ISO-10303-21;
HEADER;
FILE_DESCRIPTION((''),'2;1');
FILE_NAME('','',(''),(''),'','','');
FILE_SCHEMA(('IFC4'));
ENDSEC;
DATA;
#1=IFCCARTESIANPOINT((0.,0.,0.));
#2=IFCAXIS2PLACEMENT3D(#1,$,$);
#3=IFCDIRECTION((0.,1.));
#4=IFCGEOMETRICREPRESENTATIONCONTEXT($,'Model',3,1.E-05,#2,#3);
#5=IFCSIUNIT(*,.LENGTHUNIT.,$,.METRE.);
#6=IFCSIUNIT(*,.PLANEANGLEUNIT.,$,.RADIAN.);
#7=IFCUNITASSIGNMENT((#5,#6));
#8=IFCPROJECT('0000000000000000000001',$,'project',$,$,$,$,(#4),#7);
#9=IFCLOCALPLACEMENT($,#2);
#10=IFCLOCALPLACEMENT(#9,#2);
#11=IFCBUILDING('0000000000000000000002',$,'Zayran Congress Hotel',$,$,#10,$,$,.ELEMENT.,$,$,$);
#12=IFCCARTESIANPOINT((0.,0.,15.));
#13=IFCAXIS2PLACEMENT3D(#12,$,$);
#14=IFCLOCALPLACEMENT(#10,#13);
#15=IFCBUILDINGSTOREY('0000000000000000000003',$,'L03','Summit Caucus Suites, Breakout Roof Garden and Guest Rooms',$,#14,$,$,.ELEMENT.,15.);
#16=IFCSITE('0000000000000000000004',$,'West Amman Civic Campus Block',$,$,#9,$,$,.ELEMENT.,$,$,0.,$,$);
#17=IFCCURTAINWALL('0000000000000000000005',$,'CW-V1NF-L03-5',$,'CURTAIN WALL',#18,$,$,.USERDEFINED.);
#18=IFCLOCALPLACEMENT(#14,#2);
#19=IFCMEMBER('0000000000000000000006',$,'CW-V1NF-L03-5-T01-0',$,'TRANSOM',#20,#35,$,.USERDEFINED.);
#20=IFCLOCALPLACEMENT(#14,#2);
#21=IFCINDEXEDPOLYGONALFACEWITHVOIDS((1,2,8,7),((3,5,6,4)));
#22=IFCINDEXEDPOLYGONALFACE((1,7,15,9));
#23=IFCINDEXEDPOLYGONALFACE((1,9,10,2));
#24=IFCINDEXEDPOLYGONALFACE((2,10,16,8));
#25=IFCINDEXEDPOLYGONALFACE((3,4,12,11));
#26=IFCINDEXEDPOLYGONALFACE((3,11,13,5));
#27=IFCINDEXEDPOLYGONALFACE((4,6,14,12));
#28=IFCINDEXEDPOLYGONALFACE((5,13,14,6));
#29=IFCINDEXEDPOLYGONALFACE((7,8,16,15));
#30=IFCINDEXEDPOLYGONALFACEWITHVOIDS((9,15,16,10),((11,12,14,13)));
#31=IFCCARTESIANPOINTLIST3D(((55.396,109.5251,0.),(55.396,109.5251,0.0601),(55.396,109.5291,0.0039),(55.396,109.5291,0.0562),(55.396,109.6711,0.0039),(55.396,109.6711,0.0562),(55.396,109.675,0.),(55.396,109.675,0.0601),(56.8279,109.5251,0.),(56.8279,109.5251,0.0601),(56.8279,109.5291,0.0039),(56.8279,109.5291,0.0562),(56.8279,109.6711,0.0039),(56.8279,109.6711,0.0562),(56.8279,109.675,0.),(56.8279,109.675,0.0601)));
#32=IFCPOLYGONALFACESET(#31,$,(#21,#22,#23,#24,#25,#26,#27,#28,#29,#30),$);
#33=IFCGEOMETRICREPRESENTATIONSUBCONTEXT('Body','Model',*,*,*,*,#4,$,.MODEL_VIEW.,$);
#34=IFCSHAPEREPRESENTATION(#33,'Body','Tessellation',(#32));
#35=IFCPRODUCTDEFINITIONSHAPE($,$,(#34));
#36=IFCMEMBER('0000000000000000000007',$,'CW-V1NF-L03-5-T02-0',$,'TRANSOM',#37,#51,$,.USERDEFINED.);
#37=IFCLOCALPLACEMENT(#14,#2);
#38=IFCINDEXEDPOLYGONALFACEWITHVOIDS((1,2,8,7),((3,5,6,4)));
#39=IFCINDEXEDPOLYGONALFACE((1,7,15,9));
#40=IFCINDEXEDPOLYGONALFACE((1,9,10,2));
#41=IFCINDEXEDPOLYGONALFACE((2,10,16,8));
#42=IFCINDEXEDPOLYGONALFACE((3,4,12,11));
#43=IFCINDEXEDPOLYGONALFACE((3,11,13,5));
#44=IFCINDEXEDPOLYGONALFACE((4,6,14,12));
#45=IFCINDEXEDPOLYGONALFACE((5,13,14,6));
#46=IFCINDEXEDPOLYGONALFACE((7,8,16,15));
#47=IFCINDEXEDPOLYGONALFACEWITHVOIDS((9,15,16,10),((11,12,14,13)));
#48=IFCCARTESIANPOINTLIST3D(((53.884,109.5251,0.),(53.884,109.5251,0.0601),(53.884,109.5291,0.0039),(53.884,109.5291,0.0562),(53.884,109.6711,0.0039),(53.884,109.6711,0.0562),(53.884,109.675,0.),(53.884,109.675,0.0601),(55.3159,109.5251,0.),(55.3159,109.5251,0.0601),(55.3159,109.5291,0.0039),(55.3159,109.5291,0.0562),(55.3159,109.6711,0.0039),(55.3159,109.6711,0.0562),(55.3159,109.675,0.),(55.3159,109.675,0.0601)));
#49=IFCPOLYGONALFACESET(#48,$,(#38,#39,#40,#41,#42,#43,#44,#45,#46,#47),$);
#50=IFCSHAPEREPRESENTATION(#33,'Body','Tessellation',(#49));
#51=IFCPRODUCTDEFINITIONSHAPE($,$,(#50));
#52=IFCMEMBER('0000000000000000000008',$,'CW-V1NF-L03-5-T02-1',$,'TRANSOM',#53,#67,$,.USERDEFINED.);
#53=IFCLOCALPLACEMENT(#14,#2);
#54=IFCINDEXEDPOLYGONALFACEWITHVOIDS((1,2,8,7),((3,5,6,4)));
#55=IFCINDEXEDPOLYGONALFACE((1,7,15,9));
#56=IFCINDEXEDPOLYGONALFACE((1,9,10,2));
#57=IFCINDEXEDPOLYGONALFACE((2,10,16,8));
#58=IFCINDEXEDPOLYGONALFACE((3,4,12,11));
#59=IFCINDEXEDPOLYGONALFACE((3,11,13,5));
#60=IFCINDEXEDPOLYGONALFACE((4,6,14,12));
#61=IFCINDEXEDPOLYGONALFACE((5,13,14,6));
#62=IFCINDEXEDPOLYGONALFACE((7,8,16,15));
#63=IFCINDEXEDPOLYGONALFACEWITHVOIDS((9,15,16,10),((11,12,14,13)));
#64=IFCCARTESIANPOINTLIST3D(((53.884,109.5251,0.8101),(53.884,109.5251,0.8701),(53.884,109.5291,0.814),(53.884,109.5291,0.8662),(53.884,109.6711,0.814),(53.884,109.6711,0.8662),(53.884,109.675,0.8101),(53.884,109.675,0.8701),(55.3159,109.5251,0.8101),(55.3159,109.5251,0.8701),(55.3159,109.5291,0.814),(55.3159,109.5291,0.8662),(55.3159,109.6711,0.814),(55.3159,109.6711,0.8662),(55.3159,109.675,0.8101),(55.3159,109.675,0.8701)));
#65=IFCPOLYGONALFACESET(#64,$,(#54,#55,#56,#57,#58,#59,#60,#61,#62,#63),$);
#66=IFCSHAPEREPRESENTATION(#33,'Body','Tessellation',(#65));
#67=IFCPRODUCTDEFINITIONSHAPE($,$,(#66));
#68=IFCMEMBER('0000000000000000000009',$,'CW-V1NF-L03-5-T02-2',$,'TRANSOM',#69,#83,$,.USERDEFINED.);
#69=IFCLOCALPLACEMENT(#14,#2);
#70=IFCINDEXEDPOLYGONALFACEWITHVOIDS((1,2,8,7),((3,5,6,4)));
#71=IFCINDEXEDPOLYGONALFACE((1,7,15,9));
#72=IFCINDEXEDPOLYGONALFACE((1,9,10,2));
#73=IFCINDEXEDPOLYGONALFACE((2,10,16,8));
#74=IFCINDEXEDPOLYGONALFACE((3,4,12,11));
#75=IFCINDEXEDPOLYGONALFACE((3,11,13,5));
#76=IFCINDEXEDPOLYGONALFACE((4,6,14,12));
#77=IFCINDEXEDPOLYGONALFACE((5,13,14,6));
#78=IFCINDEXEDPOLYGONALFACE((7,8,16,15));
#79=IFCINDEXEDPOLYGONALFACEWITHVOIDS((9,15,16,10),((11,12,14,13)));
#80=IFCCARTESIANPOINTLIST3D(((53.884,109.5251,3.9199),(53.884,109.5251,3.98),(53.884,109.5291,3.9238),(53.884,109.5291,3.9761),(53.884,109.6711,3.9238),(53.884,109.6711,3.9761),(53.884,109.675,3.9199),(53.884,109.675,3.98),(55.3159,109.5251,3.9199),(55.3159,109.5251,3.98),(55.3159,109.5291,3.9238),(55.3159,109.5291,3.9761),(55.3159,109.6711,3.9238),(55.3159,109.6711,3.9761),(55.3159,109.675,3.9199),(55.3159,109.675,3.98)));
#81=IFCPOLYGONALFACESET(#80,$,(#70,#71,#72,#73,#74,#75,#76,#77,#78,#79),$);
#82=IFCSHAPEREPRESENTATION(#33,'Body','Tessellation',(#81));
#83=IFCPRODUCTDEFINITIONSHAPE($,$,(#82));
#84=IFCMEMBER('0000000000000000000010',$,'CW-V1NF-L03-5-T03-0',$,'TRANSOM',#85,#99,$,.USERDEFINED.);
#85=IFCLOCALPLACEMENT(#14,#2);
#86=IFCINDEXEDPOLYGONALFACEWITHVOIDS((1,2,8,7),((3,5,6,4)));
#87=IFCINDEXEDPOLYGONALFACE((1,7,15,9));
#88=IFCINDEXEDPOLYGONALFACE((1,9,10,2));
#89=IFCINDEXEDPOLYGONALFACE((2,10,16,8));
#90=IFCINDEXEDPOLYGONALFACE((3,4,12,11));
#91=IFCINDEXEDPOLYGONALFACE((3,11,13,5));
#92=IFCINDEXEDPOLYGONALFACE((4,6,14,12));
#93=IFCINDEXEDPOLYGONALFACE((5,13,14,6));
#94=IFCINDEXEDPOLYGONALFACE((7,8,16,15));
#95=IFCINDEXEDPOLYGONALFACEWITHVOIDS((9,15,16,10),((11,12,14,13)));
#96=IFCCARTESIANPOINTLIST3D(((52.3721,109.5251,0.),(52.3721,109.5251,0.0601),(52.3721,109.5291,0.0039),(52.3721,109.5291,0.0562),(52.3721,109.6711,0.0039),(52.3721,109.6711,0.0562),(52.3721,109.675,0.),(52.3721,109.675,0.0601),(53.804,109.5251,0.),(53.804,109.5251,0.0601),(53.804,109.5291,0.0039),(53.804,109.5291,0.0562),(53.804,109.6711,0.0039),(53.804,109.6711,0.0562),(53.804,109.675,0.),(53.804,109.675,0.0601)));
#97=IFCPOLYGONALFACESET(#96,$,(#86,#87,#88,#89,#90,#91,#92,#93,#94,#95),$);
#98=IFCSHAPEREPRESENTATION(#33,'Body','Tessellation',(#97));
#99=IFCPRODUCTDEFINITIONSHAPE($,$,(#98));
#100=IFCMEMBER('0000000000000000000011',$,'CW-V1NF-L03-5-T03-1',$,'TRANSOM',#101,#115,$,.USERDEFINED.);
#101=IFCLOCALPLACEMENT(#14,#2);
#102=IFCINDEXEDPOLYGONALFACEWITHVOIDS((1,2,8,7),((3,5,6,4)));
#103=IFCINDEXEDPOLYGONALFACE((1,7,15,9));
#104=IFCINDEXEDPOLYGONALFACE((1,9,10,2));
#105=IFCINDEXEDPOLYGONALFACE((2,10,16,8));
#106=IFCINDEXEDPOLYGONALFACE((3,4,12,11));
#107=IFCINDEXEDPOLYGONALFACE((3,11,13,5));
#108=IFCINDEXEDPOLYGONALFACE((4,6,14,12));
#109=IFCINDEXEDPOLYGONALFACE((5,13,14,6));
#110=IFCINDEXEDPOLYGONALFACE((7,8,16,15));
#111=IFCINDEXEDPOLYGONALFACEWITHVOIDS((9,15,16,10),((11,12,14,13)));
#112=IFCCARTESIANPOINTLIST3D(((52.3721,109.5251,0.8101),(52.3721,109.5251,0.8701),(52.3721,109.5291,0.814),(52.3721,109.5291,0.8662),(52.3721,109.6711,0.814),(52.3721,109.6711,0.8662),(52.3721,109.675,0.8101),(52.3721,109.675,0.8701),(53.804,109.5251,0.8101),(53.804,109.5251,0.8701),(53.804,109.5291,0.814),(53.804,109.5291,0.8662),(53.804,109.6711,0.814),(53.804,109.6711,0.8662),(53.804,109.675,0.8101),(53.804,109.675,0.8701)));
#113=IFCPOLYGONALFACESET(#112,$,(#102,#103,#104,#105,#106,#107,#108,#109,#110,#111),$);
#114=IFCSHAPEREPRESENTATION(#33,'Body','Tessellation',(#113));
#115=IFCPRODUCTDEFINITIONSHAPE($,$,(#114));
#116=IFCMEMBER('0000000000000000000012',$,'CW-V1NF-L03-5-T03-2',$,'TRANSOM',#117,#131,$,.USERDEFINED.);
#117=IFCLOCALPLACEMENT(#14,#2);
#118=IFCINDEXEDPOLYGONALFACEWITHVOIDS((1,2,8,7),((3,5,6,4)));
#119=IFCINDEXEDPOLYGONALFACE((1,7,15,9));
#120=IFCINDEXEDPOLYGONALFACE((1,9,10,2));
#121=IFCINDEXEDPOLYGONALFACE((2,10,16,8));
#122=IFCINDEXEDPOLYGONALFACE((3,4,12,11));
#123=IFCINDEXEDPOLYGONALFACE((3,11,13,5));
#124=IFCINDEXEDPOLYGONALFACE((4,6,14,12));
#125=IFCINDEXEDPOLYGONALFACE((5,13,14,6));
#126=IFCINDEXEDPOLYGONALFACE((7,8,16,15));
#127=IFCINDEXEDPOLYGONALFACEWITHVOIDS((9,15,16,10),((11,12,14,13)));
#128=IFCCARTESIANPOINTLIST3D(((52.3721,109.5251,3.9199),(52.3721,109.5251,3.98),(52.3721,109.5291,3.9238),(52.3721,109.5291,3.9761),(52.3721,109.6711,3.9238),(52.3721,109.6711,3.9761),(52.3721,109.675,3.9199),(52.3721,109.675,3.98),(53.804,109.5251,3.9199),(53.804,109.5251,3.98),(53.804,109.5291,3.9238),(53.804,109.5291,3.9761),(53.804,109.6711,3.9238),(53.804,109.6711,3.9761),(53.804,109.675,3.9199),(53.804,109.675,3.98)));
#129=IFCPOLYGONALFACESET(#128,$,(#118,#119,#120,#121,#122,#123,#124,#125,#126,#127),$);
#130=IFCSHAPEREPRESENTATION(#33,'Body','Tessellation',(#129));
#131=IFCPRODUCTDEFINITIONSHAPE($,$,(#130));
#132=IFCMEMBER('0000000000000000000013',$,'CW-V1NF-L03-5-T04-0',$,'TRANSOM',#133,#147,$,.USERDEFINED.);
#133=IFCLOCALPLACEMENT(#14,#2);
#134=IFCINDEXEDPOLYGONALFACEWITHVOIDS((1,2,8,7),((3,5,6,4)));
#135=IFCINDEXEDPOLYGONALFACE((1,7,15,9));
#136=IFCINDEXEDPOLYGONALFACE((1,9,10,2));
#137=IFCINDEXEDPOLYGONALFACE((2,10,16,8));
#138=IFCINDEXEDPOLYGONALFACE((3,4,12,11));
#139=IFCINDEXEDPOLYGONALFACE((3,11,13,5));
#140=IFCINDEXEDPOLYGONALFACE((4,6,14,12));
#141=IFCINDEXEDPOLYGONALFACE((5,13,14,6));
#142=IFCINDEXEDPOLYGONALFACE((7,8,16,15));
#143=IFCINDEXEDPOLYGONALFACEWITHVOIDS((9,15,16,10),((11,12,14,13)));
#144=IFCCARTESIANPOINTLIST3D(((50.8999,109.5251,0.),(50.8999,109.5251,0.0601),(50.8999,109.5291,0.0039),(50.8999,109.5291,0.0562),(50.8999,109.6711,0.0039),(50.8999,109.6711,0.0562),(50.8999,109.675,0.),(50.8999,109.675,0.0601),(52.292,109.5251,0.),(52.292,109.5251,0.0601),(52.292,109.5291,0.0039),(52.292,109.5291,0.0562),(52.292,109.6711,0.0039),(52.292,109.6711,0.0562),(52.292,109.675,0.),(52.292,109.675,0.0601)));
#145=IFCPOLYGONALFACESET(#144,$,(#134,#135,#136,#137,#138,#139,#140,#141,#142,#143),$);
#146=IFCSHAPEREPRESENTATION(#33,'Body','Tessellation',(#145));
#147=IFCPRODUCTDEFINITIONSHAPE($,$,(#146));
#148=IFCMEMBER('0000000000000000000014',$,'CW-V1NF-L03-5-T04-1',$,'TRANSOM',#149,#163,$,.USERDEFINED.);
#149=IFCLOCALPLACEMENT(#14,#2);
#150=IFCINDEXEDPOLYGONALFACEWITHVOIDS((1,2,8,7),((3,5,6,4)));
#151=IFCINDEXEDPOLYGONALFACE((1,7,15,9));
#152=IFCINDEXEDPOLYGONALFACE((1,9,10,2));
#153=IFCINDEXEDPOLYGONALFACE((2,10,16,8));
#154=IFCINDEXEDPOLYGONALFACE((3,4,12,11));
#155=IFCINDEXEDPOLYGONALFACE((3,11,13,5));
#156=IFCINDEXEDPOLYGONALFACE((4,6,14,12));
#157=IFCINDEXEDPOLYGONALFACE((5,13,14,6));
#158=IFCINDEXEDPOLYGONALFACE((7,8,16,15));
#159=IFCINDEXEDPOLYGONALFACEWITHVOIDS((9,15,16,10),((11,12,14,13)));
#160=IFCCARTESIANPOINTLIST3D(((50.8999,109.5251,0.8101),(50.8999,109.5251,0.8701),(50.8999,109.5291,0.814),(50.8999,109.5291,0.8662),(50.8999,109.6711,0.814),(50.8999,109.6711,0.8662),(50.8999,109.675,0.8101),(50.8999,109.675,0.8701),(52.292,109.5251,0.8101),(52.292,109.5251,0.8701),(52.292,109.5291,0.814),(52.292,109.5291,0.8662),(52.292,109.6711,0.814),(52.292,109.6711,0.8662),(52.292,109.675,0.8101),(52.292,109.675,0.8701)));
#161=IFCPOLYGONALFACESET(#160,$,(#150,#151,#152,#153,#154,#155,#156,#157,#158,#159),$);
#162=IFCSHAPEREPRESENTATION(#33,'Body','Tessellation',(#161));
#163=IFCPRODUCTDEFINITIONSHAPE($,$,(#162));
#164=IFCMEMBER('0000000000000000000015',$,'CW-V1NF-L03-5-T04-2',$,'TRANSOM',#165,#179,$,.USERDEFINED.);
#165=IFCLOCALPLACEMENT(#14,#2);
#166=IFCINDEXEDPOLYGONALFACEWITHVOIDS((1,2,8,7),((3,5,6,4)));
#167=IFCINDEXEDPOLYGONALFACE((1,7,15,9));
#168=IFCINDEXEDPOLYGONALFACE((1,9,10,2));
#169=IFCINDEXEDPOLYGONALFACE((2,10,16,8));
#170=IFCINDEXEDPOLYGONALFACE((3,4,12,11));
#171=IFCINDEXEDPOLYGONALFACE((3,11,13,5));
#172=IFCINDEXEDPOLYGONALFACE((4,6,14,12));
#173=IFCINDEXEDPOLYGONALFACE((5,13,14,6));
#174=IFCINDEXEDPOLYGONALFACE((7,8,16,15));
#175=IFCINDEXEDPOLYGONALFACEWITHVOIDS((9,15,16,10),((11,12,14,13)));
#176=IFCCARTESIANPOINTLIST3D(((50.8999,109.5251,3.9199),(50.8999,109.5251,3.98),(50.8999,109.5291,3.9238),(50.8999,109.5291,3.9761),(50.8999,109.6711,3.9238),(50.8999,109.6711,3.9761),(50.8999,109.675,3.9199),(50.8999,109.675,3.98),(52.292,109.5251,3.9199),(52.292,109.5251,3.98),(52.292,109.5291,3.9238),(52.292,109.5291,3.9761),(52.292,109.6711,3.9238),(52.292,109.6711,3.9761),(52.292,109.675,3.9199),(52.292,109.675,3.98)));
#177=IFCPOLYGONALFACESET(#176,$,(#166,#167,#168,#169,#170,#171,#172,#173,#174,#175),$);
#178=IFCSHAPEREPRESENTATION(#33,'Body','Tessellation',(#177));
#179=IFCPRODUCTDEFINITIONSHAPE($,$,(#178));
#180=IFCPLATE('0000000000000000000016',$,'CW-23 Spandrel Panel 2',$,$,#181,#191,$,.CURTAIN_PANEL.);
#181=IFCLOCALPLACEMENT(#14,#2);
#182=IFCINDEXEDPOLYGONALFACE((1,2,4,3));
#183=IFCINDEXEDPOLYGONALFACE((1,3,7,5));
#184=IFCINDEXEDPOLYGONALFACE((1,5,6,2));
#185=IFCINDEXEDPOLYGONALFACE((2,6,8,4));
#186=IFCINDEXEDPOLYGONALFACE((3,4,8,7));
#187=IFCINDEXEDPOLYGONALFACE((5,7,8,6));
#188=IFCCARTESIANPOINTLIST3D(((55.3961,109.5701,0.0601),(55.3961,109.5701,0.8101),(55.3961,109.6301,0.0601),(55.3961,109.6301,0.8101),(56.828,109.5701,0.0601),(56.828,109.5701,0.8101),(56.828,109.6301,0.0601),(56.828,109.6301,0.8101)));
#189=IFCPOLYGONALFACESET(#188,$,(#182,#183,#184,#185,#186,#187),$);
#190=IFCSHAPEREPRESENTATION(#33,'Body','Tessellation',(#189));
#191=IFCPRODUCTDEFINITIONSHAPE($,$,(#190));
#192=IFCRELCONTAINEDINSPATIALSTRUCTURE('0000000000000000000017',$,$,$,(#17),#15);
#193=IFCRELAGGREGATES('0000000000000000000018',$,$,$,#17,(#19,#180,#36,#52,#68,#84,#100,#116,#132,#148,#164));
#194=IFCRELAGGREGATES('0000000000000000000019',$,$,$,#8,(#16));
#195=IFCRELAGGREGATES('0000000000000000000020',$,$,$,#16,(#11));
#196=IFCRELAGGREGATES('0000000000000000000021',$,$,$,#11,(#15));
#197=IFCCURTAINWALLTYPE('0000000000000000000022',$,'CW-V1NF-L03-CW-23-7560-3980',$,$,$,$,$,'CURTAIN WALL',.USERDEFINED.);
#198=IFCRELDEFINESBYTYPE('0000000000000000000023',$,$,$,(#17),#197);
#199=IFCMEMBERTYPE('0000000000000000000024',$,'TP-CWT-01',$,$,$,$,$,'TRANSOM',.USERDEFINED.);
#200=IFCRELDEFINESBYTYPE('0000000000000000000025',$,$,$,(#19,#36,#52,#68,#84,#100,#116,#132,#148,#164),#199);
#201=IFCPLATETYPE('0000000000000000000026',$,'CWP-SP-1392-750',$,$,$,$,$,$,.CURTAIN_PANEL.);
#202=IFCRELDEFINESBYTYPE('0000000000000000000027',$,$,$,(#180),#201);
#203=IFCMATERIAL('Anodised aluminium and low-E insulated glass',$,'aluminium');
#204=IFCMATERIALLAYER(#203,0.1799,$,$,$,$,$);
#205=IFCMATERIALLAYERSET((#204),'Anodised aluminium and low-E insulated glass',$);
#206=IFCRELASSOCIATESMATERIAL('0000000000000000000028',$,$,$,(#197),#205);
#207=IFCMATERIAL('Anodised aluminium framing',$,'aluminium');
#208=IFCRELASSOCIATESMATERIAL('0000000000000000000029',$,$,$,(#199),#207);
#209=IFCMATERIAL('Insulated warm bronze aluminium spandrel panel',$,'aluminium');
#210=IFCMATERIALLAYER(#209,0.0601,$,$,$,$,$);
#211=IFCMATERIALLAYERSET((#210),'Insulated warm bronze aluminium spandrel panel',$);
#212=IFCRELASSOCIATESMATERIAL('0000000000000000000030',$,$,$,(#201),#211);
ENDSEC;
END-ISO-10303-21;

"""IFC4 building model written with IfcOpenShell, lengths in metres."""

from ifc_helpers import new_model, si_unit, direction, frame, origin, origin_2d, place, context, subcontext, project, spatial, rectangle, hollow_rectangle, extrude, material, layer, layer_set, material_profile, profile_set, type_object, element, aggregate, save


model = new_model("IFC4")

# Units and contexts
model_context = context("Model", 3, precision=1e-05, world=origin(), true_north=direction((0.0, 1.0)))
body_context = subcontext(model_context, "Body", "Model", "MODEL_VIEW")
ifc_project = project(units=[si_unit("LENGTHUNIT", "METRE"), si_unit("PLANEANGLEUNIT", "RADIAN")], contexts=[model_context])

# Site, building, storey
site_placement = place(None, origin())
site = spatial("IfcSite", under=ifc_project, at=site_placement, Name="West Amman Civic Campus Block", CompositionType="ELEMENT", RefElevation=0.0)
building_placement = place(site_placement, origin())
building = spatial("IfcBuilding", under=site, at=building_placement, Name="Zayran Congress Hotel", CompositionType="ELEMENT")
storey_placement = place(building_placement, frame((0.0, 0.0, 15.0)))
storey = spatial("IfcBuildingStorey", under=building, at=storey_placement, Name="L03", Description="Summit Caucus Suites, Breakout Roof Garden and Guest Rooms", CompositionType="ELEMENT", Elevation=15.0)

# Shared definitions
ifc_material_1 = material(Name="Anodised aluminium and low-E insulated glass", Category="aluminium")
ifc_material_2 = material(Name="Anodised aluminium framing", Category="aluminium")

# Curtain wall
ifc_layer_1 = layer(ifc_material_1, 0.1799)
ifc_layer_set_1 = layer_set([ifc_layer_1], Name="Anodised aluminium and low-E insulated glass")
curtain_wall_type_1 = type_object("IfcCurtainWallType", Name="CW-V1NF-L03-CW-23-7560-3980", ElementType="CURTAIN WALL", PredefinedType="USERDEFINED", material=ifc_layer_set_1)
curtain_wall_1_placement = place(storey_placement, origin())
curtain_wall_1 = element("IfcCurtainWall", 1, at=curtain_wall_1_placement, inside=storey, type_object=curtain_wall_type_1, Name="CW-V1NF-L03-5", ObjectType="CURTAIN WALL", PredefinedType="USERDEFINED")

# Members
ifc_material_profile_1 = material_profile(ifc_material_2, hollow_rectangle(XDim=0.0601, YDim=0.1499, WallThickness=0.0039, at=origin_2d()), Name="RHS 150x60x4")
ifc_profile_set_1 = profile_set([ifc_material_profile_1], Name="Anodised aluminium framing")
member_type_1 = type_object("IfcMemberType", Name="TP-CWT-01", ElementType="TRANSOM", PredefinedType="USERDEFINED", material=ifc_profile_set_1)
member_1_placement = place(storey_placement, frame((56.8279, 109.6001, 0.03), z_axis=(-1.0, 0.0, 0.0), x_axis=(0.0, 0.0, 1.0)))
member_1 = element("IfcMember", 2, at=member_1_placement, type_object=member_type_1, Name="CW-V1NF-L03-5-T01-0", ObjectType="TRANSOM", PredefinedType="USERDEFINED", context=body_context, shape_type="SweptSolid", body=[
    extrude(hollow_rectangle(XDim=0.0601, YDim=0.1499, WallThickness=0.0039, at=origin_2d()), origin(), (0.0, 0.0, 1.0), 1.4319),
])
member_2_placement = place(storey_placement, frame((55.3159, 109.6001, 0.03), z_axis=(-1.0, 0.0, 0.0), x_axis=(0.0, 0.0, 1.0)))
member_2 = element("IfcMember", 3, at=member_2_placement, type_object=member_type_1, Name="CW-V1NF-L03-5-T02-0", ObjectType="TRANSOM", PredefinedType="USERDEFINED", context=body_context, shape_type="SweptSolid", body=[
    extrude(hollow_rectangle(XDim=0.0601, YDim=0.1499, WallThickness=0.0039, at=origin_2d()), origin(), (0.0, 0.0, 1.0), 1.4319),
])
member_3_placement = place(storey_placement, frame((55.3159, 109.6001, 0.8401), z_axis=(-1.0, 0.0, 0.0), x_axis=(0.0, 0.0, 1.0)))
member_3 = element("IfcMember", 4, at=member_3_placement, type_object=member_type_1, Name="CW-V1NF-L03-5-T02-1", ObjectType="TRANSOM", PredefinedType="USERDEFINED", context=body_context, shape_type="SweptSolid", body=[
    extrude(hollow_rectangle(XDim=0.0601, YDim=0.1499, WallThickness=0.0039, at=origin_2d()), origin(), (0.0, 0.0, 1.0), 1.4319),
])
member_4_placement = place(storey_placement, frame((55.3159, 109.6001, 3.95), z_axis=(-1.0, 0.0, 0.0), x_axis=(0.0, 0.0, 1.0)))
member_4 = element("IfcMember", 5, at=member_4_placement, type_object=member_type_1, Name="CW-V1NF-L03-5-T02-2", ObjectType="TRANSOM", PredefinedType="USERDEFINED", context=body_context, shape_type="SweptSolid", body=[
    extrude(hollow_rectangle(XDim=0.0601, YDim=0.1499, WallThickness=0.0039, at=origin_2d()), origin(), (0.0, 0.0, 1.0), 1.4319),
])
member_5_placement = place(storey_placement, frame((53.804, 109.6001, 0.03), z_axis=(-1.0, 0.0, 0.0), x_axis=(0.0, 0.0, 1.0)))
member_5 = element("IfcMember", 6, at=member_5_placement, type_object=member_type_1, Name="CW-V1NF-L03-5-T03-0", ObjectType="TRANSOM", PredefinedType="USERDEFINED", context=body_context, shape_type="SweptSolid", body=[
    extrude(hollow_rectangle(XDim=0.0601, YDim=0.1499, WallThickness=0.0039, at=origin_2d()), origin(), (0.0, 0.0, 1.0), 1.4319),
])
member_6_placement = place(storey_placement, frame((53.804, 109.6001, 0.8401), z_axis=(-1.0, 0.0, 0.0), x_axis=(0.0, 0.0, 1.0)))
member_6 = element("IfcMember", 7, at=member_6_placement, type_object=member_type_1, Name="CW-V1NF-L03-5-T03-1", ObjectType="TRANSOM", PredefinedType="USERDEFINED", context=body_context, shape_type="SweptSolid", body=[
    extrude(hollow_rectangle(XDim=0.0601, YDim=0.1499, WallThickness=0.0039, at=origin_2d()), origin(), (0.0, 0.0, 1.0), 1.4319),
])
member_7_placement = place(storey_placement, frame((53.804, 109.6001, 3.95), z_axis=(-1.0, 0.0, 0.0), x_axis=(0.0, 0.0, 1.0)))
member_7 = element("IfcMember", 8, at=member_7_placement, type_object=member_type_1, Name="CW-V1NF-L03-5-T03-2", ObjectType="TRANSOM", PredefinedType="USERDEFINED", context=body_context, shape_type="SweptSolid", body=[
    extrude(hollow_rectangle(XDim=0.0601, YDim=0.1499, WallThickness=0.0039, at=origin_2d()), origin(), (0.0, 0.0, 1.0), 1.4319),
])
member_8_placement = place(storey_placement, frame((52.292, 109.6001, 0.03), z_axis=(-1.0, 0.0, 0.0), x_axis=(0.0, 0.0, 1.0)))
member_8 = element("IfcMember", 9, at=member_8_placement, type_object=member_type_1, Name="CW-V1NF-L03-5-T04-0", ObjectType="TRANSOM", PredefinedType="USERDEFINED", context=body_context, shape_type="SweptSolid", body=[
    extrude(hollow_rectangle(XDim=0.0601, YDim=0.1499, WallThickness=0.0039, at=origin_2d()), origin(), (0.0, 0.0, 1.0), 1.3921),
])
member_9_placement = place(storey_placement, frame((52.292, 109.6001, 0.8401), z_axis=(-1.0, 0.0, 0.0), x_axis=(0.0, 0.0, 1.0)))
member_9 = element("IfcMember", 10, at=member_9_placement, type_object=member_type_1, Name="CW-V1NF-L03-5-T04-1", ObjectType="TRANSOM", PredefinedType="USERDEFINED", context=body_context, shape_type="SweptSolid", body=[
    extrude(hollow_rectangle(XDim=0.0601, YDim=0.1499, WallThickness=0.0039, at=origin_2d()), origin(), (0.0, 0.0, 1.0), 1.3921),
])
member_10_placement = place(storey_placement, frame((52.292, 109.6001, 3.95), z_axis=(-1.0, 0.0, 0.0), x_axis=(0.0, 0.0, 1.0)))
member_10 = element("IfcMember", 11, at=member_10_placement, type_object=member_type_1, Name="CW-V1NF-L03-5-T04-2", ObjectType="TRANSOM", PredefinedType="USERDEFINED", context=body_context, shape_type="SweptSolid", body=[
    extrude(hollow_rectangle(XDim=0.0601, YDim=0.1499, WallThickness=0.0039, at=origin_2d()), origin(), (0.0, 0.0, 1.0), 1.3921),
])

# Plate
ifc_material_3 = material(Name="Insulated warm bronze aluminium spandrel panel", Category="aluminium")
ifc_layer_2 = layer(ifc_material_3, 0.0601)
ifc_layer_set_2 = layer_set([ifc_layer_2], Name="Insulated warm bronze aluminium spandrel panel")
plate_type_1 = type_object("IfcPlateType", Name="CWP-SP-1392-750", PredefinedType="CURTAIN_PANEL", material=ifc_layer_set_2)
plate_1_placement = place(storey_placement, frame((56.1121, 109.6001, 0.0601), z_axis=(0.0, 0.0, 1.0), x_axis=(1.0, 0.0, 0.0)))
plate_1 = element("IfcPlate", 12, at=plate_1_placement, type_object=plate_type_1, Name="CW-23 Spandrel Panel 2", PredefinedType="CURTAIN_PANEL", context=body_context, shape_type="SweptSolid", body=[
    extrude(rectangle(XDim=1.4319, YDim=0.0601, at=origin_2d()), origin(), (0.0, 0.0, 1.0), 0.75),
])
aggregate(curtain_wall_1, [member_1, plate_1, member_2, member_3, member_4, member_5, member_6, member_7, member_8, member_9, member_10])

save(model, "model.ifc")
